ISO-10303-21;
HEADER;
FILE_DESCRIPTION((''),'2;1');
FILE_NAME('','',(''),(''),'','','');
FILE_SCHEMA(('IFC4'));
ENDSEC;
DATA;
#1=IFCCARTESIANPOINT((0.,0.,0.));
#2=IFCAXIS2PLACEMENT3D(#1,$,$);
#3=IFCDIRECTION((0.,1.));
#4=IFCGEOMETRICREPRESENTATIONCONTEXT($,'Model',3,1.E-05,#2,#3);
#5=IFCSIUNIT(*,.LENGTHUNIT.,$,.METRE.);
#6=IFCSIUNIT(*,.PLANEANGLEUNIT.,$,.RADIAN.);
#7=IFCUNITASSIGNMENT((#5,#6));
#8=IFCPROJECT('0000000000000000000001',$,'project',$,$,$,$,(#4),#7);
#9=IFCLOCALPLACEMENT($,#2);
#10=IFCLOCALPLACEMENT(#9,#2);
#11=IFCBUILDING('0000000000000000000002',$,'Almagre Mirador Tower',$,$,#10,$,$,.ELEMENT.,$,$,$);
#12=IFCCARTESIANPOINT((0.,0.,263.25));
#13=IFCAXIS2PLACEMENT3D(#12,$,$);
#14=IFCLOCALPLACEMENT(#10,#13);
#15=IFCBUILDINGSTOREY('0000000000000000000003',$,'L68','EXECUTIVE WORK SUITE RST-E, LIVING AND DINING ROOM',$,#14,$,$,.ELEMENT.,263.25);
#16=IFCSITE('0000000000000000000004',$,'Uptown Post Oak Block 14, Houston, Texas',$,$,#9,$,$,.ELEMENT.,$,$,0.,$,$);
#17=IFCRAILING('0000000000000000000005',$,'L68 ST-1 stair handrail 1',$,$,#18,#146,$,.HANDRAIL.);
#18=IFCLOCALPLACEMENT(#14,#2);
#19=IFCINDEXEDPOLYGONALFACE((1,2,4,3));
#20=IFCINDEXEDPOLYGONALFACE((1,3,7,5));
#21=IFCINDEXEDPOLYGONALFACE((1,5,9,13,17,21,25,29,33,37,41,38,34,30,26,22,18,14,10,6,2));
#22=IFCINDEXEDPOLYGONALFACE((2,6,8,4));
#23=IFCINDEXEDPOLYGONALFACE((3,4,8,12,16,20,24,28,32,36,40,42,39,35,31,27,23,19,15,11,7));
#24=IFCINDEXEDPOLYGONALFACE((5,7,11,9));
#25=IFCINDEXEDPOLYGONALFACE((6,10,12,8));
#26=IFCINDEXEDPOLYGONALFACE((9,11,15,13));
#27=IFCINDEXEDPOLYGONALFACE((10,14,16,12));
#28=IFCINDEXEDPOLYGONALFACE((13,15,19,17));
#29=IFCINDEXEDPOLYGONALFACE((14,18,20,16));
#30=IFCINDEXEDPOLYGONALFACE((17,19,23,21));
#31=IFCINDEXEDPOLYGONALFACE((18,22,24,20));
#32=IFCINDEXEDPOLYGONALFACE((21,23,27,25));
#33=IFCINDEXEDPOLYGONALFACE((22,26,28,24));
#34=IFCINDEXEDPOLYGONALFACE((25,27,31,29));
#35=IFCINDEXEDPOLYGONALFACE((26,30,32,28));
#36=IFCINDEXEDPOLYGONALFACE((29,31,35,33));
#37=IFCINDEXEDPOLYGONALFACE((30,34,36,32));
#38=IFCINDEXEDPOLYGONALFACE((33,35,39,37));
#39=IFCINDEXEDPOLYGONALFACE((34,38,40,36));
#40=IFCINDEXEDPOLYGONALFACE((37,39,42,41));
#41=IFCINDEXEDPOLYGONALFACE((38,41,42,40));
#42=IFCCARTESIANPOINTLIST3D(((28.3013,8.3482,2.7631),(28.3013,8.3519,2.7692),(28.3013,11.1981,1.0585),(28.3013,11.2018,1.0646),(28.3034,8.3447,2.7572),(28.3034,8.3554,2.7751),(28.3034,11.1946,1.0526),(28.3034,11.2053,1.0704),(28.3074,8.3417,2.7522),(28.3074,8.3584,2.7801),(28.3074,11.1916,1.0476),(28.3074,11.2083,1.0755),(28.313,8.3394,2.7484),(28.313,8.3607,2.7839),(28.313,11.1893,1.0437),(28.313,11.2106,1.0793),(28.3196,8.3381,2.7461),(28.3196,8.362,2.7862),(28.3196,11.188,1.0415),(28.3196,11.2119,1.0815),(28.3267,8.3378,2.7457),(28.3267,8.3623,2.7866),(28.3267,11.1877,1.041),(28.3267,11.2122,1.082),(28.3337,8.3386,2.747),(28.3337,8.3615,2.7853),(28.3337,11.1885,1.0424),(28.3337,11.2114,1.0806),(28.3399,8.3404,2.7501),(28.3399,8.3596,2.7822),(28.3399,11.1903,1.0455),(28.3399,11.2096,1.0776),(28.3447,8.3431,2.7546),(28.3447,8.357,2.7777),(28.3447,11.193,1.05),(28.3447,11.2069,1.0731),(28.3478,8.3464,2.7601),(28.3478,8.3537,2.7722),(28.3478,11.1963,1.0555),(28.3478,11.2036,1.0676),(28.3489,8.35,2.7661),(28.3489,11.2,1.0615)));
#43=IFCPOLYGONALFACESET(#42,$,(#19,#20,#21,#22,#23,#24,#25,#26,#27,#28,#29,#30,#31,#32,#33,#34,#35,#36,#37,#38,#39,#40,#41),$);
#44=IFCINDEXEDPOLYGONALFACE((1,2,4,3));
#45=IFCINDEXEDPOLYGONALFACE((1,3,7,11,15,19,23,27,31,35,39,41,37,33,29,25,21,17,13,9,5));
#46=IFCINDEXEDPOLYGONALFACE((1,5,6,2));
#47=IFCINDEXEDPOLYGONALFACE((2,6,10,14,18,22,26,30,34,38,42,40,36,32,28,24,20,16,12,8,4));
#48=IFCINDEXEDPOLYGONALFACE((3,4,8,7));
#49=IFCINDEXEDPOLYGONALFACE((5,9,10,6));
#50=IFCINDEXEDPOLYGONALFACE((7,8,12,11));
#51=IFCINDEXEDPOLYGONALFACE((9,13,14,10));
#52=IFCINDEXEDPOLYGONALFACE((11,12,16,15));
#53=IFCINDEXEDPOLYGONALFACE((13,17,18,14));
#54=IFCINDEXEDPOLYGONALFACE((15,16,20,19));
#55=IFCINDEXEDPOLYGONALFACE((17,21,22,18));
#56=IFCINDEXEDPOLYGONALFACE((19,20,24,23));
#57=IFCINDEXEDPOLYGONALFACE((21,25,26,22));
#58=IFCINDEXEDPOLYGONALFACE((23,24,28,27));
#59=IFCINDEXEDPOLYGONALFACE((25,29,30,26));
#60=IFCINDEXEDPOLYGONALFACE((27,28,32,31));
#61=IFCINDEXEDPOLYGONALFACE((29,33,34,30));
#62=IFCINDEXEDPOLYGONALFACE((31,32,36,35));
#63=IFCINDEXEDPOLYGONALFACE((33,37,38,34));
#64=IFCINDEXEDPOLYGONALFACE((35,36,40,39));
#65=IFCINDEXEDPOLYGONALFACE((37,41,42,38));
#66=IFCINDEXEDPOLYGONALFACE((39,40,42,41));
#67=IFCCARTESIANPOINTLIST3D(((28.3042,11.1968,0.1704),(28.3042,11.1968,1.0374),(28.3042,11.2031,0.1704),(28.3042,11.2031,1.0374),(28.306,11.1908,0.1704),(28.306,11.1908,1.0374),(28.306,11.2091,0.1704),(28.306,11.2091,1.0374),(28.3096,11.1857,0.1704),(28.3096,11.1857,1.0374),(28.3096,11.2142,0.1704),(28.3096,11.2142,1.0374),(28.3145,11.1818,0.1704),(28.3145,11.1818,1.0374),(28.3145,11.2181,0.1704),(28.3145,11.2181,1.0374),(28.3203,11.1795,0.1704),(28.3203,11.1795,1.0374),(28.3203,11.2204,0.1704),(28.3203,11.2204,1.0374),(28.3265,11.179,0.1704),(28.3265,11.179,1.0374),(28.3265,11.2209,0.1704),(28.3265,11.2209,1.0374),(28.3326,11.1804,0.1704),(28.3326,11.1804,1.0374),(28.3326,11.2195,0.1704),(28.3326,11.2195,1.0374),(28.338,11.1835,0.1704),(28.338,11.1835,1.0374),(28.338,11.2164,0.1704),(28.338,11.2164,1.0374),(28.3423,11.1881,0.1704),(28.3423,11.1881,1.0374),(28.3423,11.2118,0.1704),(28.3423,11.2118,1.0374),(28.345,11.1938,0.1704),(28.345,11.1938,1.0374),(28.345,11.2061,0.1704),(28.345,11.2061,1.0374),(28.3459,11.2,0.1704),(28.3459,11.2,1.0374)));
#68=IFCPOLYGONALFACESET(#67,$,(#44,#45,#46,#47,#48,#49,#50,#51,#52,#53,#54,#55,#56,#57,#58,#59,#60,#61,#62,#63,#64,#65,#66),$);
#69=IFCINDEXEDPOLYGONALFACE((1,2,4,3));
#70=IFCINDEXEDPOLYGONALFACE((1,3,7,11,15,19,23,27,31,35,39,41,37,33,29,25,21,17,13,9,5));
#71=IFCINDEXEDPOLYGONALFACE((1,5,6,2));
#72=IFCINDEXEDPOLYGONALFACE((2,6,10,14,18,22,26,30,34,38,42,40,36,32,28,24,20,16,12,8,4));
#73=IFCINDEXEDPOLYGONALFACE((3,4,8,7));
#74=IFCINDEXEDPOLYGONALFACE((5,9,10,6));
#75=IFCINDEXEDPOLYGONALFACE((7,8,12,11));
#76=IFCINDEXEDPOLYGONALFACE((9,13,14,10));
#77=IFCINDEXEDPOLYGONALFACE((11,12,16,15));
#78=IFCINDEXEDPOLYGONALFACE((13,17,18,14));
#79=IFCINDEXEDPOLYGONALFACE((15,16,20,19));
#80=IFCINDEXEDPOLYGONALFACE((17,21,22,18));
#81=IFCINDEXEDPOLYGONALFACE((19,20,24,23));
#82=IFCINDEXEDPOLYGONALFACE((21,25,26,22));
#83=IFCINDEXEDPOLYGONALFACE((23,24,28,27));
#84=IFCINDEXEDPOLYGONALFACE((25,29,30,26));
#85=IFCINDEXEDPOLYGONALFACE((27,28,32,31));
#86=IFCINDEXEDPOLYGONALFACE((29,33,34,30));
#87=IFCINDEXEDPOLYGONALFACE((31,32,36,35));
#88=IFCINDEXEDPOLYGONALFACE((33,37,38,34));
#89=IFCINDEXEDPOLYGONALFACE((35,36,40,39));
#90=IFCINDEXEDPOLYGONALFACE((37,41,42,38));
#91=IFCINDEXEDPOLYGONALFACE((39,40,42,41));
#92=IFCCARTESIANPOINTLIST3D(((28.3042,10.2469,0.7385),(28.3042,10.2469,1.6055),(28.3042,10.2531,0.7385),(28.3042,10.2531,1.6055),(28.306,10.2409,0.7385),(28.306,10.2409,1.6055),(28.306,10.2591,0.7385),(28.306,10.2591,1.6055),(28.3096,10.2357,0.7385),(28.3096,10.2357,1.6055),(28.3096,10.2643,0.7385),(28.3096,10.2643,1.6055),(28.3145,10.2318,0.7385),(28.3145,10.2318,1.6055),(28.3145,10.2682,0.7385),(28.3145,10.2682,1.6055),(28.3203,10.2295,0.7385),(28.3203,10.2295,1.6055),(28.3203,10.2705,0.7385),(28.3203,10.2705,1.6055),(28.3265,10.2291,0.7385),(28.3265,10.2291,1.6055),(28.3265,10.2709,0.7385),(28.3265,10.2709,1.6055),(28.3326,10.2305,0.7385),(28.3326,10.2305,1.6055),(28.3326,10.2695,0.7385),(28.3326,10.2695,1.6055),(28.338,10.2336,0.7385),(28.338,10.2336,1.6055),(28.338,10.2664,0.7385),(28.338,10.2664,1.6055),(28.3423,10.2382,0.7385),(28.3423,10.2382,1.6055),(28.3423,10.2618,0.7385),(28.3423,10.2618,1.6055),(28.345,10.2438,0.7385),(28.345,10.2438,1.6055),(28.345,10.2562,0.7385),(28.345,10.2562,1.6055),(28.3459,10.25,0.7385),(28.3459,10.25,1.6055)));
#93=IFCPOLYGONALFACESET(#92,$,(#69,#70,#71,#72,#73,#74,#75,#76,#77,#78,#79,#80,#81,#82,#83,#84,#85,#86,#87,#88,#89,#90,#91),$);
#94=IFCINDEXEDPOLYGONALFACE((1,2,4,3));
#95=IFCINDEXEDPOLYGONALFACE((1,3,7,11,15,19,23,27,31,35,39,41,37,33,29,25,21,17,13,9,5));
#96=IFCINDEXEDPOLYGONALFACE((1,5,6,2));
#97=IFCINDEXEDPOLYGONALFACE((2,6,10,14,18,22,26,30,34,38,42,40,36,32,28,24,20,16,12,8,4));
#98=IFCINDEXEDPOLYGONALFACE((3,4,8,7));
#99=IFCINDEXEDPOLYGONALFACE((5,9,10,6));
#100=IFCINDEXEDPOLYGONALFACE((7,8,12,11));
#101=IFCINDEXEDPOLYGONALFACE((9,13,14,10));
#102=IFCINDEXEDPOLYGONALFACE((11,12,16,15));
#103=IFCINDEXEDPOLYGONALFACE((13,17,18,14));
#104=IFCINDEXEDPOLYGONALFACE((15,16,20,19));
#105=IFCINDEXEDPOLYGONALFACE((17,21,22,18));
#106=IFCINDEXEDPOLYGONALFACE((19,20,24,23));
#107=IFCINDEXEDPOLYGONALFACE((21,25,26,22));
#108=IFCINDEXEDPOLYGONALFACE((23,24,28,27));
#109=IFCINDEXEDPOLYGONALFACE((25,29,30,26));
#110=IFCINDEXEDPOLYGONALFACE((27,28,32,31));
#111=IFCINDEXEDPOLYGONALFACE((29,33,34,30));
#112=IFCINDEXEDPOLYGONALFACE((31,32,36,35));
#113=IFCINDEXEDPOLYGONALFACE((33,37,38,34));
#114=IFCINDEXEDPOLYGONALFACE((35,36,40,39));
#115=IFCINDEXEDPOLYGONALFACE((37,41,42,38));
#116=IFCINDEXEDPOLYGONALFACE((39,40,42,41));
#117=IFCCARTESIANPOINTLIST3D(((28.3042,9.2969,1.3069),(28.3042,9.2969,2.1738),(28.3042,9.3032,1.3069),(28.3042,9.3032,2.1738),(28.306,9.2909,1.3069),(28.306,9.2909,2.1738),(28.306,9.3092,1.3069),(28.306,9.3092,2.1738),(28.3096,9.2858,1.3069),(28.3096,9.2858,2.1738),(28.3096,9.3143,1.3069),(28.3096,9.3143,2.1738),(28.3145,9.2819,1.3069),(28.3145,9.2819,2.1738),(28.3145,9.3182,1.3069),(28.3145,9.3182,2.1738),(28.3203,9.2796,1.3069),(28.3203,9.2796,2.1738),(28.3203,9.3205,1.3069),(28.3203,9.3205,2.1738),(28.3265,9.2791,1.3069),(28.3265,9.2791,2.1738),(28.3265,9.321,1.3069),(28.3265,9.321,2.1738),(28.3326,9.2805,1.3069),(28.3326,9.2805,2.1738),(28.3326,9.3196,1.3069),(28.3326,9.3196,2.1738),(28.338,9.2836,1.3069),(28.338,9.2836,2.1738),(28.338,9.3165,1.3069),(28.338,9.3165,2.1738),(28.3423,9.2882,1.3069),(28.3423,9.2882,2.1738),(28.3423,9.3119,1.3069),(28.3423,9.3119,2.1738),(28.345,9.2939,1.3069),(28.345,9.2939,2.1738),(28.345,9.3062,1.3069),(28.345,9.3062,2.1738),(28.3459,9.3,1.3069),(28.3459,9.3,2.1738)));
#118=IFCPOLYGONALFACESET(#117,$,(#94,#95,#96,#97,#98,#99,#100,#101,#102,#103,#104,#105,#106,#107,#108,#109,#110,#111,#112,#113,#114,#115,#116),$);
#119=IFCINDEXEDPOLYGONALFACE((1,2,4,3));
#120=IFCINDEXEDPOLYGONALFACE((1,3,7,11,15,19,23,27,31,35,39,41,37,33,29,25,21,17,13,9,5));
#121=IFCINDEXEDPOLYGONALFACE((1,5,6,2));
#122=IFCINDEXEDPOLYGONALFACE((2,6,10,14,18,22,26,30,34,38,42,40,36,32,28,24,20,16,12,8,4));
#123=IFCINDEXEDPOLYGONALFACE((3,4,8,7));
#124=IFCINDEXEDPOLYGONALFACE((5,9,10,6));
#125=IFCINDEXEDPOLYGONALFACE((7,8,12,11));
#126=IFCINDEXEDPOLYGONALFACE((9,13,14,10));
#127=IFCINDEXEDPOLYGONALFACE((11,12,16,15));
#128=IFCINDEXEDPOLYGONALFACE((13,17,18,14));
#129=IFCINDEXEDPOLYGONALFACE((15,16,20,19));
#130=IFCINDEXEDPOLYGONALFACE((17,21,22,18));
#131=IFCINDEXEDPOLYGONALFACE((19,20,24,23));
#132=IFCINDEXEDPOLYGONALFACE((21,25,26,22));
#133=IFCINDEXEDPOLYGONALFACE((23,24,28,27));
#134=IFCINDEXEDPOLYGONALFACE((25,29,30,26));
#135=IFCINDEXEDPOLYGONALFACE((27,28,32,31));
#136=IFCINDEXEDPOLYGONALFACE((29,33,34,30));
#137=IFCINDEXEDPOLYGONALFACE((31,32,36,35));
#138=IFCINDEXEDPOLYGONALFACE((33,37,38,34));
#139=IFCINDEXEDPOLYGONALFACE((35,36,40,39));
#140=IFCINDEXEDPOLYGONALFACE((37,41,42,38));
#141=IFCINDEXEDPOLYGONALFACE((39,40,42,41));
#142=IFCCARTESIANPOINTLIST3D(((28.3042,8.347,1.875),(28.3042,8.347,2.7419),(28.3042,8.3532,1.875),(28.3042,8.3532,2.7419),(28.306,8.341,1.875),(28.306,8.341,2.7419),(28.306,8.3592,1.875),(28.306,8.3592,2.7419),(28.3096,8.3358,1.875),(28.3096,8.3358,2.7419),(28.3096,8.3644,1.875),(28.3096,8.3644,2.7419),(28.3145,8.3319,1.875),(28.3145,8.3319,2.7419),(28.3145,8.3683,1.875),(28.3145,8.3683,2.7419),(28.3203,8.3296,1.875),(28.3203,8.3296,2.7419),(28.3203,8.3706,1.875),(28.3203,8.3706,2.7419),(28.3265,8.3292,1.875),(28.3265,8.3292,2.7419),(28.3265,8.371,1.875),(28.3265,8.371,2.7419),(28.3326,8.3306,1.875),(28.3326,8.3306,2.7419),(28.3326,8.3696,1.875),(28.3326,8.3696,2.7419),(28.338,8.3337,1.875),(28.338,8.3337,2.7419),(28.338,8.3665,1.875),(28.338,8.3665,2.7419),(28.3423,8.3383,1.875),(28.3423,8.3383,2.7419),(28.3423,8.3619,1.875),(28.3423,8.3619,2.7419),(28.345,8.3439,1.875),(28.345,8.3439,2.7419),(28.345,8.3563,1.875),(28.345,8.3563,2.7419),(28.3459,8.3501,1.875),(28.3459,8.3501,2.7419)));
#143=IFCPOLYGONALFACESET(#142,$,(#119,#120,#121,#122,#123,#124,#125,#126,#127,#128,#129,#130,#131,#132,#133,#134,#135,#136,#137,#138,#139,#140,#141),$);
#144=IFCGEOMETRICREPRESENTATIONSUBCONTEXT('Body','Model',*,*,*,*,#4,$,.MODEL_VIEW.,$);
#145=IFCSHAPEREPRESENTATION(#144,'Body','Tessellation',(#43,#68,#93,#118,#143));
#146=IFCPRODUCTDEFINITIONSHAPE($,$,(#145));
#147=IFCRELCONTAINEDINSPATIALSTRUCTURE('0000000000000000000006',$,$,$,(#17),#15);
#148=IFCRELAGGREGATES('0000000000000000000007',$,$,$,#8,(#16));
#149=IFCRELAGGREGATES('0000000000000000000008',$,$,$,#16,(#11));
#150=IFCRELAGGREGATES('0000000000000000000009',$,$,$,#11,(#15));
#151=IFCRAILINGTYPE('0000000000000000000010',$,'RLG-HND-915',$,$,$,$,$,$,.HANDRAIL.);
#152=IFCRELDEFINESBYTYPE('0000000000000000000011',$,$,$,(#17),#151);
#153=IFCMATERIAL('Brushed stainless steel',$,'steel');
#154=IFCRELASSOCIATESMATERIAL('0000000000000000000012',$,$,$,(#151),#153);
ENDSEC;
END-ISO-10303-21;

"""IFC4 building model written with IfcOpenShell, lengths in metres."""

from ifc_helpers import new_model, si_unit, direction, frame, origin, origin_2d, place, context, subcontext, project, spatial, circle, extrude, material, type_object, element, save


model = new_model("IFC4")

# Units and contexts
model_context = context("Model", 3, precision=1e-05, world=origin(), true_north=direction((0.0, 1.0)))
body_context = subcontext(model_context, "Body", "Model", "MODEL_VIEW")
ifc_project = project(units=[si_unit("LENGTHUNIT", "METRE"), si_unit("PLANEANGLEUNIT", "RADIAN")], contexts=[model_context])

# Site, building, storey
site_placement = place(None, origin())
site = spatial("IfcSite", under=ifc_project, at=site_placement, Name="Uptown Post Oak Block 14, Houston, Texas", CompositionType="ELEMENT", RefElevation=0.0)
building_placement = place(site_placement, origin())
building = spatial("IfcBuilding", under=site, at=building_placement, Name="Almagre Mirador Tower", CompositionType="ELEMENT")
storey_placement = place(building_placement, frame((0.0, 0.0, 263.25)))
storey = spatial("IfcBuildingStorey", under=building, at=storey_placement, Name="L68", Description="EXECUTIVE WORK SUITE RST-E, LIVING AND DINING ROOM", CompositionType="ELEMENT", Elevation=263.25)

# Railing
ifc_material_1 = material(Name="Brushed stainless steel", Category="steel")
railing_type_1 = type_object("IfcRailingType", Name="RLG-HND-915", PredefinedType="HANDRAIL", material=ifc_material_1)
railing_1_placement = place(storey_placement, frame((28.325, 11.2, 0.1704)))
element("IfcRailing", 1, at=railing_1_placement, inside=storey, type_object=railing_type_1, Name="L68 ST-1 stair handrail 1", PredefinedType="HANDRAIL", context=body_context, shape_type="SweptSolid", body=[
    extrude(circle(Radius=0.0239, at=origin_2d()), frame((0.0, 0.0, 0.8911), z_axis=(0.0, -0.858199, 0.513317), x_axis=(1.0, 0.0, 0.0)), (0.0, 0.0, 1.0), 3.3208),
    extrude(circle(Radius=0.021, at=origin_2d()), origin(), (0.0, 0.0, 1.0), 0.8669),
    extrude(circle(Radius=0.021, at=origin_2d()), frame((0.0, -0.95, 0.5681)), (0.0, 0.0, 1.0), 0.8669),
    extrude(circle(Radius=0.021, at=origin_2d()), frame((0.0, -1.8999, 1.1365)), (0.0, 0.0, 1.0), 0.8669),
    extrude(circle(Radius=0.021, at=origin_2d()), frame((0.0, -2.8499, 1.7046)), (0.0, 0.0, 1.0), 0.8669),
])

save(model, "model.ifc")
